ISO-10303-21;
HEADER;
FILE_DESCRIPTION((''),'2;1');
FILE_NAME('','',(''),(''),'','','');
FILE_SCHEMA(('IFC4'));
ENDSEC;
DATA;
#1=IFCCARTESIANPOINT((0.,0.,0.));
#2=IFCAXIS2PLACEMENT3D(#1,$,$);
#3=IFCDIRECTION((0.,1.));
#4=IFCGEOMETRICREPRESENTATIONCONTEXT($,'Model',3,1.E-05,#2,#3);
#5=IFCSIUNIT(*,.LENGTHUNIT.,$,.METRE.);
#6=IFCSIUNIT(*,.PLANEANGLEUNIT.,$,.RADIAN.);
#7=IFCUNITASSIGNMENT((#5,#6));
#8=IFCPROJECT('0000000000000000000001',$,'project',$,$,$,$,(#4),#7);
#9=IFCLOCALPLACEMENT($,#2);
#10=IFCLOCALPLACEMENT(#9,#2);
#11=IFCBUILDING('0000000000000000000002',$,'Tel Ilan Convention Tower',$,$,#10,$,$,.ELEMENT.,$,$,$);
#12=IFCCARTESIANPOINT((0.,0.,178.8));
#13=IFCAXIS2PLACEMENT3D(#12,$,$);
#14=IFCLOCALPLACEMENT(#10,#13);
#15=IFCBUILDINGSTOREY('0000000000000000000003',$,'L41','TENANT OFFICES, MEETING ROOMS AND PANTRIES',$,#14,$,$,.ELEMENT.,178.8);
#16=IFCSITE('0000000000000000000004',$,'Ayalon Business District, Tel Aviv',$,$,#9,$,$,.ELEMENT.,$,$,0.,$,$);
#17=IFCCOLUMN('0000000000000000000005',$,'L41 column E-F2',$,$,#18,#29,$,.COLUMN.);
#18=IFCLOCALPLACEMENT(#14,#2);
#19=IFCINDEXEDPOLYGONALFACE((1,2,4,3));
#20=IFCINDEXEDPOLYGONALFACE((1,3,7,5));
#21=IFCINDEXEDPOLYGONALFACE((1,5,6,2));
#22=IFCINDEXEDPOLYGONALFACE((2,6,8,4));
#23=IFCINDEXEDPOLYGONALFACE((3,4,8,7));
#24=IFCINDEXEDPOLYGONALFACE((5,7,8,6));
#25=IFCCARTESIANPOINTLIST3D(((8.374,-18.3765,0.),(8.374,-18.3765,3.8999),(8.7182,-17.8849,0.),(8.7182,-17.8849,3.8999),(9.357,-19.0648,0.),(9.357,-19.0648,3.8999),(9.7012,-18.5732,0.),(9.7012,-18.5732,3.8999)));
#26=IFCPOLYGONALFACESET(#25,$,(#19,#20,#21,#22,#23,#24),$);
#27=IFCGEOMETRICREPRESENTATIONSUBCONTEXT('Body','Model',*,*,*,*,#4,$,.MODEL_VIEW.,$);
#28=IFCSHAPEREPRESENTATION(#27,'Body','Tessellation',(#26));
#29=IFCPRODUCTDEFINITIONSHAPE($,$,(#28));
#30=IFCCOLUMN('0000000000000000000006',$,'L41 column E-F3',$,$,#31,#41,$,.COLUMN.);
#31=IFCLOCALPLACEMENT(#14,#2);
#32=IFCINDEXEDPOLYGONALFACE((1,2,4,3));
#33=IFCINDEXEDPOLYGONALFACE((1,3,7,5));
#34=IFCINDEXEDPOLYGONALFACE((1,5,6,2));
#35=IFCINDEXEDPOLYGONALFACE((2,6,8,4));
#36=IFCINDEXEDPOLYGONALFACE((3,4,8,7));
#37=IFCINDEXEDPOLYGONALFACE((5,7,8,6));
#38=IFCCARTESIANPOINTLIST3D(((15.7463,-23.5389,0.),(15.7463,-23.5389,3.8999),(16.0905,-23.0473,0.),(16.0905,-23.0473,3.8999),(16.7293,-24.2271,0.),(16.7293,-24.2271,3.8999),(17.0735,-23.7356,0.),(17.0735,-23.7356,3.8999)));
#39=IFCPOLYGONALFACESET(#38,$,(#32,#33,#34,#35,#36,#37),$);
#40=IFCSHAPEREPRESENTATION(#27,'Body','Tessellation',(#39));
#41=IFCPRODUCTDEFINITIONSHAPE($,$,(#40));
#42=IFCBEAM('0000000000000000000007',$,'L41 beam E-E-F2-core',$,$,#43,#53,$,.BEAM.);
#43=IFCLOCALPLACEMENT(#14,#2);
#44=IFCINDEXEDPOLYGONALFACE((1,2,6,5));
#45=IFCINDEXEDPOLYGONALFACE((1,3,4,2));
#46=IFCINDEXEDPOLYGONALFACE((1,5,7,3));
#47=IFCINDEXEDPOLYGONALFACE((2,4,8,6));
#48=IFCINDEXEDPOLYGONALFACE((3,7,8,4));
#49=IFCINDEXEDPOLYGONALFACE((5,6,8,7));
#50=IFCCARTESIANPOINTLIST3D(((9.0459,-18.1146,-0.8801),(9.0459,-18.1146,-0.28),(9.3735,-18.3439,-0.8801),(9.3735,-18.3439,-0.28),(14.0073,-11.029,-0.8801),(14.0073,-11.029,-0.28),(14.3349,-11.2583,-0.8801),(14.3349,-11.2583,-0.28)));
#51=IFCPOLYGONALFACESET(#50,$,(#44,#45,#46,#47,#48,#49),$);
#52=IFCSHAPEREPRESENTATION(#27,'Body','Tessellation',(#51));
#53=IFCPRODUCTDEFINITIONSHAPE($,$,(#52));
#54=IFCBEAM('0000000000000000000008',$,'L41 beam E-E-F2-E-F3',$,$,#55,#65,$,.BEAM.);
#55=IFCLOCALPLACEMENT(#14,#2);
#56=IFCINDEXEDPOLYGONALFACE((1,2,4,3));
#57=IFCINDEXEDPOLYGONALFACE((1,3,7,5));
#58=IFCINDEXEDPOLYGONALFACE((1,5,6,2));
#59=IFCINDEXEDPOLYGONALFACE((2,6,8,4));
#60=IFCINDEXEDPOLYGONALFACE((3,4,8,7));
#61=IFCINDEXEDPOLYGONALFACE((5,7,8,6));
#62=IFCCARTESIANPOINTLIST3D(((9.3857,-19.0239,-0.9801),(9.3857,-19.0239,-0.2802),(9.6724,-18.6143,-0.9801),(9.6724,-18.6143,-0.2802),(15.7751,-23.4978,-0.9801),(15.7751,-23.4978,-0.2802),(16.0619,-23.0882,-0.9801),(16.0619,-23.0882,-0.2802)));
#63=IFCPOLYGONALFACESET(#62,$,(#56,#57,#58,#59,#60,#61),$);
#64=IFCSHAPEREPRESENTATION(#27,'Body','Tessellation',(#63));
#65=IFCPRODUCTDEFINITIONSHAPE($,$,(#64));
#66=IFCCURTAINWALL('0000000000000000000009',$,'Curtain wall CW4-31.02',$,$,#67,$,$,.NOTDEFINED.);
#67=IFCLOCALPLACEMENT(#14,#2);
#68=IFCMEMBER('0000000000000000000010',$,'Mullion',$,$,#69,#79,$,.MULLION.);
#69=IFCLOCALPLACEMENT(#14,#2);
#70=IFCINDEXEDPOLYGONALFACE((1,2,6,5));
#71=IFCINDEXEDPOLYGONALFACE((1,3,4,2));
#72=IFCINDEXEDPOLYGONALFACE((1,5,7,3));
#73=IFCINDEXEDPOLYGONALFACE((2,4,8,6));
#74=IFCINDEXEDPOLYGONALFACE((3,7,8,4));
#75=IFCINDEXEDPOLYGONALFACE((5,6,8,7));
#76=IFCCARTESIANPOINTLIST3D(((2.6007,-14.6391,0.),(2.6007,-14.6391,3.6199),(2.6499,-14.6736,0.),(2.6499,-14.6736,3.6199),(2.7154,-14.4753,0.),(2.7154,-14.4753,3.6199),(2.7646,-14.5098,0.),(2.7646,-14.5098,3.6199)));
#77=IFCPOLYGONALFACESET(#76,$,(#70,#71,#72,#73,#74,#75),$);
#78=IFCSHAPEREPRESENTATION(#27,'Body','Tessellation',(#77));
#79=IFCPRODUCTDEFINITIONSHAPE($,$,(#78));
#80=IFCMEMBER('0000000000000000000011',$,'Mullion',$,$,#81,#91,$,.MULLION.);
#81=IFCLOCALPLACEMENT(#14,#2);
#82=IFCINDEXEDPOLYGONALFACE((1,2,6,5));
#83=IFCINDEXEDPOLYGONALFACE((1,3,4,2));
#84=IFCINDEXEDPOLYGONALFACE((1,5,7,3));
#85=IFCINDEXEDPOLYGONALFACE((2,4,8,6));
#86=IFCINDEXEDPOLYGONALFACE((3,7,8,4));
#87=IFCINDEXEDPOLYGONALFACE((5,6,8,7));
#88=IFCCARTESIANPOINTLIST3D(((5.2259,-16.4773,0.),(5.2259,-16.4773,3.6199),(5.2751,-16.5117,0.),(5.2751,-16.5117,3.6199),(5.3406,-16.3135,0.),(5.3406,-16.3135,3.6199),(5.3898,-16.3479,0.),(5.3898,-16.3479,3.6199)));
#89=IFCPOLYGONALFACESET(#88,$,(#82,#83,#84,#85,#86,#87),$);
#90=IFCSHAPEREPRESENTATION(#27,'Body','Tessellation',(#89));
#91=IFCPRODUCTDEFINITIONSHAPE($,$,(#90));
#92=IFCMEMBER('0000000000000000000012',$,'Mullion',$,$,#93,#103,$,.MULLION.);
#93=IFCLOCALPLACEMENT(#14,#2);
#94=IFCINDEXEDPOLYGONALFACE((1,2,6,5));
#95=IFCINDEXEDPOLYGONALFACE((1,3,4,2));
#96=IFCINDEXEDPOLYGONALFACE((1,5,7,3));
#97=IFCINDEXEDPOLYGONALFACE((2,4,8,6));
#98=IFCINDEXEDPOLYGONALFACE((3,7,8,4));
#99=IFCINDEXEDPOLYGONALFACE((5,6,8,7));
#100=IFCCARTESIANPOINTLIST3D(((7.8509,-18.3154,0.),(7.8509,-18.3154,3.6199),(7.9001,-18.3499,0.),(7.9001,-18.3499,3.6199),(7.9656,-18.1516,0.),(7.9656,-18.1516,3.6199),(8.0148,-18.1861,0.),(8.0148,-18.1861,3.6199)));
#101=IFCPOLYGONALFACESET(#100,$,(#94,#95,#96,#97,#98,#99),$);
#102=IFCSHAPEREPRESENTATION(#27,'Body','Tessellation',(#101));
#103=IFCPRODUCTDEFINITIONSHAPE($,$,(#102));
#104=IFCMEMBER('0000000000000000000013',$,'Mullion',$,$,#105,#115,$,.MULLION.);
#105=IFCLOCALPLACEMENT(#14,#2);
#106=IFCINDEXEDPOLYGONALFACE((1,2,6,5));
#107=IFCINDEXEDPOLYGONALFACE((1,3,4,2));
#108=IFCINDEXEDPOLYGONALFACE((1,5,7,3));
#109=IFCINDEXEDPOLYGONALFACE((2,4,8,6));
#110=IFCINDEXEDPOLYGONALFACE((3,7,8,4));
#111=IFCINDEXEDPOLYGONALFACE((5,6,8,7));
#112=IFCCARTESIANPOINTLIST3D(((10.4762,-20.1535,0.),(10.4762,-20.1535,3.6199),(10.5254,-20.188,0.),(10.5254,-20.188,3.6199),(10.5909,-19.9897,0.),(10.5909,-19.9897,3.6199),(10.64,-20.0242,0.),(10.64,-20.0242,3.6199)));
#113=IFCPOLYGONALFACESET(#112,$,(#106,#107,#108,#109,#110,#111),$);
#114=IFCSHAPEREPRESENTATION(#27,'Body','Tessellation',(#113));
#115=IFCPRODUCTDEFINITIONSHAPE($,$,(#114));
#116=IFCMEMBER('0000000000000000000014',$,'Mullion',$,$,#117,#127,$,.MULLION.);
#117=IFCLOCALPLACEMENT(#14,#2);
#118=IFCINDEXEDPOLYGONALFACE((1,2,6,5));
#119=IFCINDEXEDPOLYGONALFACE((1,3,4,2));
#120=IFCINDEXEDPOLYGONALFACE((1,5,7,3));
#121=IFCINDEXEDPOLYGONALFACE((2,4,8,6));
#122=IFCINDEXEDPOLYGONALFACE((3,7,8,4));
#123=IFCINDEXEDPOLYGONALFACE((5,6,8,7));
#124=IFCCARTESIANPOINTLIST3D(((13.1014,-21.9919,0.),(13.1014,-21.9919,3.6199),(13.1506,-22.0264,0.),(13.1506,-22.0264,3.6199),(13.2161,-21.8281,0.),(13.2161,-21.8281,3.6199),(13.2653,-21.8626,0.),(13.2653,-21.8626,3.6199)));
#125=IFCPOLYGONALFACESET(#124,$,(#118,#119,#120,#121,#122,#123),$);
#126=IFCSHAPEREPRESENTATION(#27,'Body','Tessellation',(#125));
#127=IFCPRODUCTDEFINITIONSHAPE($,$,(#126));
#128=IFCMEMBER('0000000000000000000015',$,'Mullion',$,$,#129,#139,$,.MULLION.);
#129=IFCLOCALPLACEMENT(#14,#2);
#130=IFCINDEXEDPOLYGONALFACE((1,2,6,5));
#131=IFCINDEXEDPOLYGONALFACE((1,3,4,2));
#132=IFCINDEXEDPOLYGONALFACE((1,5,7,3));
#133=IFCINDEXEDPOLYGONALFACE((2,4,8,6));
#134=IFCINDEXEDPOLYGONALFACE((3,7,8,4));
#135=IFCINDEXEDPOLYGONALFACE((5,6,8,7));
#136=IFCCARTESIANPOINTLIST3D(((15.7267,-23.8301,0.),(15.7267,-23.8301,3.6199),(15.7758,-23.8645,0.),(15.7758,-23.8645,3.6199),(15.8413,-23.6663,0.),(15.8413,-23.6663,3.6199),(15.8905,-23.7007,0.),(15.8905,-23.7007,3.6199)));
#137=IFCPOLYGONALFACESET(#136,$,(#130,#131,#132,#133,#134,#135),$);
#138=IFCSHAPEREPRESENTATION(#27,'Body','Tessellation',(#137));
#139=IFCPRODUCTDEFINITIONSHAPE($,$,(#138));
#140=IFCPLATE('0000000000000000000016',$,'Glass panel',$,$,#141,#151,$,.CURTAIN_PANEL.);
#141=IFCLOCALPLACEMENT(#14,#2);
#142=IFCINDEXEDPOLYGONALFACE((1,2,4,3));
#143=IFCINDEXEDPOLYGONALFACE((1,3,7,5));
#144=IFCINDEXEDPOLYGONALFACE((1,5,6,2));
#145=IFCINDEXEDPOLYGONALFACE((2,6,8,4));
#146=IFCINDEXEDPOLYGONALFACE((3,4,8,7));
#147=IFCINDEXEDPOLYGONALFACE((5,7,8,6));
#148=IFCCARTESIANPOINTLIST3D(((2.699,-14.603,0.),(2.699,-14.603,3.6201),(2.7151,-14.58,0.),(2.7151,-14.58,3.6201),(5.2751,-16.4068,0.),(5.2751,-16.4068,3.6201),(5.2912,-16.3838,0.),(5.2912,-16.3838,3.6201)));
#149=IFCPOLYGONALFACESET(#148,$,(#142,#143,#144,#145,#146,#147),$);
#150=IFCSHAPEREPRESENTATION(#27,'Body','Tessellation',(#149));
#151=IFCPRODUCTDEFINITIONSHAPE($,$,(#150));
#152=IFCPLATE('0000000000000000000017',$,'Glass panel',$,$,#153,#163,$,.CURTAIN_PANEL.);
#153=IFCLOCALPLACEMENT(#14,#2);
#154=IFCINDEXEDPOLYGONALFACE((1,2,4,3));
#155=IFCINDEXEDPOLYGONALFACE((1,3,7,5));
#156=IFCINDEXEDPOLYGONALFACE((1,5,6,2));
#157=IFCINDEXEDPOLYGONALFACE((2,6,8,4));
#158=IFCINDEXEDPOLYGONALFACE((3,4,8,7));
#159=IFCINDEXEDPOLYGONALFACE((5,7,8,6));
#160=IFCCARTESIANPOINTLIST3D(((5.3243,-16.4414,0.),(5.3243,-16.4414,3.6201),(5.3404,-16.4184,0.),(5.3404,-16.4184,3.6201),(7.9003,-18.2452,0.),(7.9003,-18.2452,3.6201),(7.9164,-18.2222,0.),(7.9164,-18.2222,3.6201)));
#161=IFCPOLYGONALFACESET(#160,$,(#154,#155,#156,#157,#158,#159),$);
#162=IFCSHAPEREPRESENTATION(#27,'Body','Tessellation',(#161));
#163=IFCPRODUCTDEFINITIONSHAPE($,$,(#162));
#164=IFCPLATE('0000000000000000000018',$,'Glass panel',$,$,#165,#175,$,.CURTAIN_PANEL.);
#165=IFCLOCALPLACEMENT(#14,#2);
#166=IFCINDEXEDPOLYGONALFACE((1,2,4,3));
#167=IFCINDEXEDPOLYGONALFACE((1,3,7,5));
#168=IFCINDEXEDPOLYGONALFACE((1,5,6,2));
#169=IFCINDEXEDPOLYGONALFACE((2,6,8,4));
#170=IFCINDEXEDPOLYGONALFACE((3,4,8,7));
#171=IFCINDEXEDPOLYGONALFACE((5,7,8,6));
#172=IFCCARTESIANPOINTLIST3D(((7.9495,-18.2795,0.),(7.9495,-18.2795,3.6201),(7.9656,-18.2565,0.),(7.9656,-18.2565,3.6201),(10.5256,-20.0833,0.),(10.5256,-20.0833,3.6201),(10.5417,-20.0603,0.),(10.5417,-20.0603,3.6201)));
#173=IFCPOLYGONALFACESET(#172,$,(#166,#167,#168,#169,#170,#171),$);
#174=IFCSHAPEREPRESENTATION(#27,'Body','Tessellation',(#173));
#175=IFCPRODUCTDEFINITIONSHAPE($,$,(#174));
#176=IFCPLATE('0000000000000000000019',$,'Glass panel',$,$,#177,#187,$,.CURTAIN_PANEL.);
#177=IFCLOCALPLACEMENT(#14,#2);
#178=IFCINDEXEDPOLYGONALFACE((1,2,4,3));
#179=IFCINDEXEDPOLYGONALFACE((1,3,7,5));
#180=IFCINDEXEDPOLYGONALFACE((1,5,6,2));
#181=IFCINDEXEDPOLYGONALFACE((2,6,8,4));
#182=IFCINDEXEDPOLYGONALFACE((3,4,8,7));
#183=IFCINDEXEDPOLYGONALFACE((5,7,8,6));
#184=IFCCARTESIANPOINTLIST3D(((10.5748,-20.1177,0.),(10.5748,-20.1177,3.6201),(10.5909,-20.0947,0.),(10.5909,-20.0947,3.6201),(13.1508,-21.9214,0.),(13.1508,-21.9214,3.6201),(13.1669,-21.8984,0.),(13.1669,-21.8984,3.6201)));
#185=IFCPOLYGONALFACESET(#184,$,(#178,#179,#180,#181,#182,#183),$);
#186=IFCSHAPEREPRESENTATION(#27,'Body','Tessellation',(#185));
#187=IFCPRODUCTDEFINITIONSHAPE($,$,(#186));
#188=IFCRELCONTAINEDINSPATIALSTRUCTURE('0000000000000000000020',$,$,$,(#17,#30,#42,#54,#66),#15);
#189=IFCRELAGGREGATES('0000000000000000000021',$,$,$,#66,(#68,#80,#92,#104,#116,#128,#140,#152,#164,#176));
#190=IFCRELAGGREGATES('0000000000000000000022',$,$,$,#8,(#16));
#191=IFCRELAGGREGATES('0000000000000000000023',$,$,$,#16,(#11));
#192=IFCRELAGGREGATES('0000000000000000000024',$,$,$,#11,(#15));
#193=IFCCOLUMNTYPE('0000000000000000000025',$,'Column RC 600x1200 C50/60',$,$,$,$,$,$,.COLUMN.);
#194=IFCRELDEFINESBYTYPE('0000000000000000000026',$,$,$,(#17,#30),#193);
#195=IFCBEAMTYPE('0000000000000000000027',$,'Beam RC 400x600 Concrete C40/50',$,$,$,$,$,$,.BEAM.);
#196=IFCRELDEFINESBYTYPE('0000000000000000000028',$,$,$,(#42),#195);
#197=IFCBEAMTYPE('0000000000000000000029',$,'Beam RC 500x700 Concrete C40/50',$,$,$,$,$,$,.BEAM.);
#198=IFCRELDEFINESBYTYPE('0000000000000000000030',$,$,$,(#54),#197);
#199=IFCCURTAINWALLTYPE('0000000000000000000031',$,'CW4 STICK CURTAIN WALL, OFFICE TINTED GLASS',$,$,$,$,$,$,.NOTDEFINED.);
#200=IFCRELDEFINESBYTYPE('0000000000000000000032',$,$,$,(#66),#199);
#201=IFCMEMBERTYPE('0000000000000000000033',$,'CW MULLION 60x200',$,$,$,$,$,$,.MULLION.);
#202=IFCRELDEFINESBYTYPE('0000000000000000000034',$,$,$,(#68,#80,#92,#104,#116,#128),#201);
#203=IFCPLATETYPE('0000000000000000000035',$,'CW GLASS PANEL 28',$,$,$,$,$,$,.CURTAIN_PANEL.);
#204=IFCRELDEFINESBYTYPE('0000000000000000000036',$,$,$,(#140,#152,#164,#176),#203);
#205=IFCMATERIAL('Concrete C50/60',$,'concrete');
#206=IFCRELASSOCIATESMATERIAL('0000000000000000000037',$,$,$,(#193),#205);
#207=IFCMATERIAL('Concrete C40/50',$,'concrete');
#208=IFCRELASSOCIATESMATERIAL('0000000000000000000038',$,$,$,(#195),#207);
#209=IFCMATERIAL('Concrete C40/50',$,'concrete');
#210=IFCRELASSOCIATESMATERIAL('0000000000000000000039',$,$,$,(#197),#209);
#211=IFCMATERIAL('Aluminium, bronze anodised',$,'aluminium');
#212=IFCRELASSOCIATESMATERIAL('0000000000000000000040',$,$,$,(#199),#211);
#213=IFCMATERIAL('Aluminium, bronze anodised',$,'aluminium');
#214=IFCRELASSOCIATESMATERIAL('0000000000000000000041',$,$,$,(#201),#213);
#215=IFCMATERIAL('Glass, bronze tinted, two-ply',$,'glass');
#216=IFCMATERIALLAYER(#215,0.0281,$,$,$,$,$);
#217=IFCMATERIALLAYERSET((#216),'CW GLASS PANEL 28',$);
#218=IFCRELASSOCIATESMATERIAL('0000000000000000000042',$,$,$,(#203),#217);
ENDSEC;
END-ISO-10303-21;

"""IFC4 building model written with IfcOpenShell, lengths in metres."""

from ifc_helpers import new_model, si_unit, direction, frame, origin, origin_2d, place, context, subcontext, project, spatial, rectangle, extrude, material, layer, layer_set, material_profile, profile_set, type_object, element, aggregate, save


model = new_model("IFC4")

# Units and contexts
model_context = context("Model", 3, precision=1e-05, world=origin(), true_north=direction((0.0, 1.0)))
body_context = subcontext(model_context, "Body", "Model", "MODEL_VIEW")
ifc_project = project(units=[si_unit("LENGTHUNIT", "METRE"), si_unit("PLANEANGLEUNIT", "RADIAN")], contexts=[model_context])

# Site, building, storey
site_placement = place(None, origin())
site = spatial("IfcSite", under=ifc_project, at=site_placement, Name="Ayalon Business District, Tel Aviv", CompositionType="ELEMENT", RefElevation=0.0)
building_placement = place(site_placement, origin())
building = spatial("IfcBuilding", under=site, at=building_placement, Name="Tel Ilan Convention Tower", CompositionType="ELEMENT")
storey_placement = place(building_placement, frame((0.0, 0.0, 178.8)))
storey = spatial("IfcBuildingStorey", under=building, at=storey_placement, Name="L41", Description="TENANT OFFICES, MEETING ROOMS AND PANTRIES", CompositionType="ELEMENT", Elevation=178.8)

# Columns
ifc_material_1 = material(Name="Concrete C50/60", Category="concrete")
ifc_material_profile_1 = material_profile(ifc_material_1, rectangle(XDim=1.2, YDim=0.6001, at=origin_2d()), Name="RC 600x1200")
ifc_profile_set_1 = profile_set([ifc_material_profile_1], Name="Concrete C50/60")
column_type = type_object("IfcColumnType", Name="Column RC 600x1200 C50/60", PredefinedType="COLUMN", material=ifc_profile_set_1)
for number, where, z_axis, x_axis, name in (
    (1, (9.0376, -18.4749, 0.0), (0.0, 0.0, 1.0), (0.819152, -0.573576, 0.0), "L41 column E-F2"),
    (2, (16.4099, -23.6372, 0.0), (0.0, 0.0, 1.0), (0.819152, -0.573576, 0.0), "L41 column E-F3"),
):
    element("IfcColumn", number, at=place(storey_placement, frame(where, z_axis=z_axis, x_axis=x_axis)), inside=storey, type_object=column_type, Name=name, PredefinedType="COLUMN", context=body_context, shape_type="SweptSolid", body=[
        extrude(rectangle(XDim=1.2, YDim=0.6001, at=origin_2d()), origin(), (0.0, 0.0, 1.0), 3.8999),
    ])

# Beams
ifc_material_2 = material(Name="Concrete C40/50", Category="concrete")
ifc_material_profile_2 = material_profile(ifc_material_2, rectangle(XDim=0.3999, YDim=0.6001, at=origin_2d()), Name="RC 400x600")
ifc_profile_set_2 = profile_set([ifc_material_profile_2], Name="Concrete C40/50")
beam_type_1 = type_object("IfcBeamType", Name="Beam RC 400x600 Concrete C40/50", PredefinedType="BEAM", material=ifc_profile_set_2)
beam_1_placement = place(storey_placement, frame((9.2097, -18.2292, -0.5801), z_axis=(0.573574, 0.819154, 0.0), x_axis=(-0.819154, 0.573574, 0.0)))
element("IfcBeam", 3, at=beam_1_placement, inside=storey, type_object=beam_type_1, Name="L41 beam E-E-F2-core", PredefinedType="BEAM", context=body_context, shape_type="SweptSolid", body=[
    extrude(rectangle(XDim=0.3999, YDim=0.6001, at=origin_2d()), origin(), (0.0, 0.0, 1.0), 8.6499),
])
ifc_material_3 = material(Name="Concrete C40/50", Category="concrete")
ifc_material_profile_3 = material_profile(ifc_material_3, rectangle(XDim=0.5, YDim=0.7, at=origin_2d()), Name="RC 500x700")
ifc_profile_set_3 = profile_set([ifc_material_profile_3], Name="Concrete C40/50")
beam_type_2 = type_object("IfcBeamType", Name="Beam RC 500x700 Concrete C40/50", PredefinedType="BEAM", material=ifc_profile_set_3)
beam_2_placement = place(storey_placement, frame((9.5291, -18.8191, -0.6301), z_axis=(0.819154, -0.573574, 0.0), x_axis=(0.573574, 0.819154, 0.0)))
element("IfcBeam", 4, at=beam_2_placement, inside=storey, type_object=beam_type_2, Name="L41 beam E-E-F2-E-F3", PredefinedType="BEAM", context=body_context, shape_type="SweptSolid", body=[
    extrude(rectangle(XDim=0.5, YDim=0.7, at=origin_2d()), origin(), (0.0, 0.0, 1.0), 7.8),
])

# Curtain wall, members, plates
ifc_material_4 = material(Name="Aluminium, bronze anodised", Category="aluminium")
curtain_wall_type = type_object("IfcCurtainWallType", Name="CW4 STICK CURTAIN WALL, OFFICE TINTED GLASS", PredefinedType="NOTDEFINED", material=ifc_material_4)
curtain_wall_placement = place(storey_placement, origin())
curtain_wall = element("IfcCurtainWall", 5, at=curtain_wall_placement, inside=storey, type_object=curtain_wall_type, Name="Curtain wall CW4-31.02", PredefinedType="NOTDEFINED")
ifc_material_5 = material(Name="Aluminium, bronze anodised", Category="aluminium")
ifc_material_profile_4 = material_profile(ifc_material_5, rectangle(XDim=0.0601, YDim=0.2, at=origin_2d()), Name="CW MULLION 60x200")
ifc_profile_set_4 = profile_set([ifc_material_profile_4], Name="Aluminium, bronze anodised")
member_type = type_object("IfcMemberType", Name="CW MULLION 60x200", PredefinedType="MULLION", material=ifc_profile_set_4)
member_1_placement = place(storey_placement, frame((2.6826, -14.5745, 0.0), z_axis=(0.0, 0.0, 1.0), x_axis=(0.819152, -0.573576, 0.0)))
member_1 = element("IfcMember", 6, at=member_1_placement, type_object=member_type, Name="Mullion", PredefinedType="MULLION", context=body_context, shape_type="SweptSolid", body=[
    extrude(rectangle(XDim=0.0601, YDim=0.2, at=origin_2d()), origin(), (0.0, 0.0, 1.0), 3.6199),
])
member_2_placement = place(storey_placement, frame((5.3079, -16.4126, 0.0), z_axis=(0.0, 0.0, 1.0), x_axis=(0.819152, -0.573576, 0.0)))
member_2 = element("IfcMember", 7, at=member_2_placement, type_object=member_type, Name="Mullion", PredefinedType="MULLION", context=body_context, shape_type="SweptSolid", body=[
    extrude(rectangle(XDim=0.0601, YDim=0.2, at=origin_2d()), origin(), (0.0, 0.0, 1.0), 3.6199),
])
member_3_placement = place(storey_placement, frame((7.9329, -18.2507, 0.0), z_axis=(0.0, 0.0, 1.0), x_axis=(0.819152, -0.573576, 0.0)))
member_3 = element("IfcMember", 8, at=member_3_placement, type_object=member_type, Name="Mullion", PredefinedType="MULLION", context=body_context, shape_type="SweptSolid", body=[
    extrude(rectangle(XDim=0.0601, YDim=0.2, at=origin_2d()), origin(), (0.0, 0.0, 1.0), 3.6199),
])
member_4_placement = place(storey_placement, frame((10.5581, -20.0889, 0.0), z_axis=(0.0, 0.0, 1.0), x_axis=(0.819152, -0.573576, 0.0)))
member_4 = element("IfcMember", 9, at=member_4_placement, type_object=member_type, Name="Mullion", PredefinedType="MULLION", context=body_context, shape_type="SweptSolid", body=[
    extrude(rectangle(XDim=0.0601, YDim=0.2, at=origin_2d()), origin(), (0.0, 0.0, 1.0), 3.6199),
])
member_5_placement = place(storey_placement, frame((13.1833, -21.9272, 0.0), z_axis=(0.0, 0.0, 1.0), x_axis=(0.819152, -0.573576, 0.0)))
member_5 = element("IfcMember", 10, at=member_5_placement, type_object=member_type, Name="Mullion", PredefinedType="MULLION", context=body_context, shape_type="SweptSolid", body=[
    extrude(rectangle(XDim=0.0601, YDim=0.2, at=origin_2d()), origin(), (0.0, 0.0, 1.0), 3.6199),
])
member_6_placement = place(storey_placement, frame((15.8086, -23.7654, 0.0), z_axis=(0.0, 0.0, 1.0), x_axis=(0.819152, -0.573576, 0.0)))
member_6 = element("IfcMember", 11, at=member_6_placement, type_object=member_type, Name="Mullion", PredefinedType="MULLION", context=body_context, shape_type="SweptSolid", body=[
    extrude(rectangle(XDim=0.0601, YDim=0.2, at=origin_2d()), origin(), (0.0, 0.0, 1.0), 3.6199),
])
ifc_material_6 = material(Name="Glass, bronze tinted, two-ply", Category="glass")
ifc_layer_1 = layer(ifc_material_6, 0.0281)
ifc_layer_set_1 = layer_set([ifc_layer_1], Name="CW GLASS PANEL 28")
plate_type = type_object("IfcPlateType", Name="CW GLASS PANEL 28", PredefinedType="CURTAIN_PANEL", material=ifc_layer_set_1)
plate_1_placement = place(storey_placement, frame((3.9951, -15.4934, 0.0), z_axis=(0.0, 0.0, 1.0), x_axis=(0.819152, -0.573576, 0.0)))
plate_1 = element("IfcPlate", 12, at=plate_1_placement, type_object=plate_type, Name="Glass panel", PredefinedType="CURTAIN_PANEL", context=body_context, shape_type="SweptSolid", body=[
    extrude(rectangle(XDim=3.1448, YDim=0.0281, at=origin_2d()), origin(), (0.0, 0.0, 1.0), 3.6201),
])
plate_2_placement = place(storey_placement, frame((6.6204, -17.3318, 0.0), z_axis=(0.0, 0.0, 1.0), x_axis=(0.819152, -0.573576, 0.0)))
plate_2 = element("IfcPlate", 13, at=plate_2_placement, type_object=plate_type, Name="Glass panel", PredefinedType="CURTAIN_PANEL", context=body_context, shape_type="SweptSolid", body=[
    extrude(rectangle(XDim=3.1448, YDim=0.0281, at=origin_2d()), origin(), (0.0, 0.0, 1.0), 3.6201),
])
plate_3_placement = place(storey_placement, frame((9.2456, -19.1699, 0.0), z_axis=(0.0, 0.0, 1.0), x_axis=(0.819152, -0.573576, 0.0)))
plate_3 = element("IfcPlate", 14, at=plate_3_placement, type_object=plate_type, Name="Glass panel", PredefinedType="CURTAIN_PANEL", context=body_context, shape_type="SweptSolid", body=[
    extrude(rectangle(XDim=3.1448, YDim=0.0281, at=origin_2d()), origin(), (0.0, 0.0, 1.0), 3.6201),
])
plate_4_placement = place(storey_placement, frame((11.8708, -21.0081, 0.0), z_axis=(0.0, 0.0, 1.0), x_axis=(0.819152, -0.573576, 0.0)))
plate_4 = element("IfcPlate", 15, at=plate_4_placement, type_object=plate_type, Name="Glass panel", PredefinedType="CURTAIN_PANEL", context=body_context, shape_type="SweptSolid", body=[
    extrude(rectangle(XDim=3.1448, YDim=0.0281, at=origin_2d()), origin(), (0.0, 0.0, 1.0), 3.6201),
])
aggregate(curtain_wall, [member_1, member_2, member_3, member_4, member_5, member_6, plate_1, plate_2, plate_3, plate_4])

save(model, "model.ifc")
